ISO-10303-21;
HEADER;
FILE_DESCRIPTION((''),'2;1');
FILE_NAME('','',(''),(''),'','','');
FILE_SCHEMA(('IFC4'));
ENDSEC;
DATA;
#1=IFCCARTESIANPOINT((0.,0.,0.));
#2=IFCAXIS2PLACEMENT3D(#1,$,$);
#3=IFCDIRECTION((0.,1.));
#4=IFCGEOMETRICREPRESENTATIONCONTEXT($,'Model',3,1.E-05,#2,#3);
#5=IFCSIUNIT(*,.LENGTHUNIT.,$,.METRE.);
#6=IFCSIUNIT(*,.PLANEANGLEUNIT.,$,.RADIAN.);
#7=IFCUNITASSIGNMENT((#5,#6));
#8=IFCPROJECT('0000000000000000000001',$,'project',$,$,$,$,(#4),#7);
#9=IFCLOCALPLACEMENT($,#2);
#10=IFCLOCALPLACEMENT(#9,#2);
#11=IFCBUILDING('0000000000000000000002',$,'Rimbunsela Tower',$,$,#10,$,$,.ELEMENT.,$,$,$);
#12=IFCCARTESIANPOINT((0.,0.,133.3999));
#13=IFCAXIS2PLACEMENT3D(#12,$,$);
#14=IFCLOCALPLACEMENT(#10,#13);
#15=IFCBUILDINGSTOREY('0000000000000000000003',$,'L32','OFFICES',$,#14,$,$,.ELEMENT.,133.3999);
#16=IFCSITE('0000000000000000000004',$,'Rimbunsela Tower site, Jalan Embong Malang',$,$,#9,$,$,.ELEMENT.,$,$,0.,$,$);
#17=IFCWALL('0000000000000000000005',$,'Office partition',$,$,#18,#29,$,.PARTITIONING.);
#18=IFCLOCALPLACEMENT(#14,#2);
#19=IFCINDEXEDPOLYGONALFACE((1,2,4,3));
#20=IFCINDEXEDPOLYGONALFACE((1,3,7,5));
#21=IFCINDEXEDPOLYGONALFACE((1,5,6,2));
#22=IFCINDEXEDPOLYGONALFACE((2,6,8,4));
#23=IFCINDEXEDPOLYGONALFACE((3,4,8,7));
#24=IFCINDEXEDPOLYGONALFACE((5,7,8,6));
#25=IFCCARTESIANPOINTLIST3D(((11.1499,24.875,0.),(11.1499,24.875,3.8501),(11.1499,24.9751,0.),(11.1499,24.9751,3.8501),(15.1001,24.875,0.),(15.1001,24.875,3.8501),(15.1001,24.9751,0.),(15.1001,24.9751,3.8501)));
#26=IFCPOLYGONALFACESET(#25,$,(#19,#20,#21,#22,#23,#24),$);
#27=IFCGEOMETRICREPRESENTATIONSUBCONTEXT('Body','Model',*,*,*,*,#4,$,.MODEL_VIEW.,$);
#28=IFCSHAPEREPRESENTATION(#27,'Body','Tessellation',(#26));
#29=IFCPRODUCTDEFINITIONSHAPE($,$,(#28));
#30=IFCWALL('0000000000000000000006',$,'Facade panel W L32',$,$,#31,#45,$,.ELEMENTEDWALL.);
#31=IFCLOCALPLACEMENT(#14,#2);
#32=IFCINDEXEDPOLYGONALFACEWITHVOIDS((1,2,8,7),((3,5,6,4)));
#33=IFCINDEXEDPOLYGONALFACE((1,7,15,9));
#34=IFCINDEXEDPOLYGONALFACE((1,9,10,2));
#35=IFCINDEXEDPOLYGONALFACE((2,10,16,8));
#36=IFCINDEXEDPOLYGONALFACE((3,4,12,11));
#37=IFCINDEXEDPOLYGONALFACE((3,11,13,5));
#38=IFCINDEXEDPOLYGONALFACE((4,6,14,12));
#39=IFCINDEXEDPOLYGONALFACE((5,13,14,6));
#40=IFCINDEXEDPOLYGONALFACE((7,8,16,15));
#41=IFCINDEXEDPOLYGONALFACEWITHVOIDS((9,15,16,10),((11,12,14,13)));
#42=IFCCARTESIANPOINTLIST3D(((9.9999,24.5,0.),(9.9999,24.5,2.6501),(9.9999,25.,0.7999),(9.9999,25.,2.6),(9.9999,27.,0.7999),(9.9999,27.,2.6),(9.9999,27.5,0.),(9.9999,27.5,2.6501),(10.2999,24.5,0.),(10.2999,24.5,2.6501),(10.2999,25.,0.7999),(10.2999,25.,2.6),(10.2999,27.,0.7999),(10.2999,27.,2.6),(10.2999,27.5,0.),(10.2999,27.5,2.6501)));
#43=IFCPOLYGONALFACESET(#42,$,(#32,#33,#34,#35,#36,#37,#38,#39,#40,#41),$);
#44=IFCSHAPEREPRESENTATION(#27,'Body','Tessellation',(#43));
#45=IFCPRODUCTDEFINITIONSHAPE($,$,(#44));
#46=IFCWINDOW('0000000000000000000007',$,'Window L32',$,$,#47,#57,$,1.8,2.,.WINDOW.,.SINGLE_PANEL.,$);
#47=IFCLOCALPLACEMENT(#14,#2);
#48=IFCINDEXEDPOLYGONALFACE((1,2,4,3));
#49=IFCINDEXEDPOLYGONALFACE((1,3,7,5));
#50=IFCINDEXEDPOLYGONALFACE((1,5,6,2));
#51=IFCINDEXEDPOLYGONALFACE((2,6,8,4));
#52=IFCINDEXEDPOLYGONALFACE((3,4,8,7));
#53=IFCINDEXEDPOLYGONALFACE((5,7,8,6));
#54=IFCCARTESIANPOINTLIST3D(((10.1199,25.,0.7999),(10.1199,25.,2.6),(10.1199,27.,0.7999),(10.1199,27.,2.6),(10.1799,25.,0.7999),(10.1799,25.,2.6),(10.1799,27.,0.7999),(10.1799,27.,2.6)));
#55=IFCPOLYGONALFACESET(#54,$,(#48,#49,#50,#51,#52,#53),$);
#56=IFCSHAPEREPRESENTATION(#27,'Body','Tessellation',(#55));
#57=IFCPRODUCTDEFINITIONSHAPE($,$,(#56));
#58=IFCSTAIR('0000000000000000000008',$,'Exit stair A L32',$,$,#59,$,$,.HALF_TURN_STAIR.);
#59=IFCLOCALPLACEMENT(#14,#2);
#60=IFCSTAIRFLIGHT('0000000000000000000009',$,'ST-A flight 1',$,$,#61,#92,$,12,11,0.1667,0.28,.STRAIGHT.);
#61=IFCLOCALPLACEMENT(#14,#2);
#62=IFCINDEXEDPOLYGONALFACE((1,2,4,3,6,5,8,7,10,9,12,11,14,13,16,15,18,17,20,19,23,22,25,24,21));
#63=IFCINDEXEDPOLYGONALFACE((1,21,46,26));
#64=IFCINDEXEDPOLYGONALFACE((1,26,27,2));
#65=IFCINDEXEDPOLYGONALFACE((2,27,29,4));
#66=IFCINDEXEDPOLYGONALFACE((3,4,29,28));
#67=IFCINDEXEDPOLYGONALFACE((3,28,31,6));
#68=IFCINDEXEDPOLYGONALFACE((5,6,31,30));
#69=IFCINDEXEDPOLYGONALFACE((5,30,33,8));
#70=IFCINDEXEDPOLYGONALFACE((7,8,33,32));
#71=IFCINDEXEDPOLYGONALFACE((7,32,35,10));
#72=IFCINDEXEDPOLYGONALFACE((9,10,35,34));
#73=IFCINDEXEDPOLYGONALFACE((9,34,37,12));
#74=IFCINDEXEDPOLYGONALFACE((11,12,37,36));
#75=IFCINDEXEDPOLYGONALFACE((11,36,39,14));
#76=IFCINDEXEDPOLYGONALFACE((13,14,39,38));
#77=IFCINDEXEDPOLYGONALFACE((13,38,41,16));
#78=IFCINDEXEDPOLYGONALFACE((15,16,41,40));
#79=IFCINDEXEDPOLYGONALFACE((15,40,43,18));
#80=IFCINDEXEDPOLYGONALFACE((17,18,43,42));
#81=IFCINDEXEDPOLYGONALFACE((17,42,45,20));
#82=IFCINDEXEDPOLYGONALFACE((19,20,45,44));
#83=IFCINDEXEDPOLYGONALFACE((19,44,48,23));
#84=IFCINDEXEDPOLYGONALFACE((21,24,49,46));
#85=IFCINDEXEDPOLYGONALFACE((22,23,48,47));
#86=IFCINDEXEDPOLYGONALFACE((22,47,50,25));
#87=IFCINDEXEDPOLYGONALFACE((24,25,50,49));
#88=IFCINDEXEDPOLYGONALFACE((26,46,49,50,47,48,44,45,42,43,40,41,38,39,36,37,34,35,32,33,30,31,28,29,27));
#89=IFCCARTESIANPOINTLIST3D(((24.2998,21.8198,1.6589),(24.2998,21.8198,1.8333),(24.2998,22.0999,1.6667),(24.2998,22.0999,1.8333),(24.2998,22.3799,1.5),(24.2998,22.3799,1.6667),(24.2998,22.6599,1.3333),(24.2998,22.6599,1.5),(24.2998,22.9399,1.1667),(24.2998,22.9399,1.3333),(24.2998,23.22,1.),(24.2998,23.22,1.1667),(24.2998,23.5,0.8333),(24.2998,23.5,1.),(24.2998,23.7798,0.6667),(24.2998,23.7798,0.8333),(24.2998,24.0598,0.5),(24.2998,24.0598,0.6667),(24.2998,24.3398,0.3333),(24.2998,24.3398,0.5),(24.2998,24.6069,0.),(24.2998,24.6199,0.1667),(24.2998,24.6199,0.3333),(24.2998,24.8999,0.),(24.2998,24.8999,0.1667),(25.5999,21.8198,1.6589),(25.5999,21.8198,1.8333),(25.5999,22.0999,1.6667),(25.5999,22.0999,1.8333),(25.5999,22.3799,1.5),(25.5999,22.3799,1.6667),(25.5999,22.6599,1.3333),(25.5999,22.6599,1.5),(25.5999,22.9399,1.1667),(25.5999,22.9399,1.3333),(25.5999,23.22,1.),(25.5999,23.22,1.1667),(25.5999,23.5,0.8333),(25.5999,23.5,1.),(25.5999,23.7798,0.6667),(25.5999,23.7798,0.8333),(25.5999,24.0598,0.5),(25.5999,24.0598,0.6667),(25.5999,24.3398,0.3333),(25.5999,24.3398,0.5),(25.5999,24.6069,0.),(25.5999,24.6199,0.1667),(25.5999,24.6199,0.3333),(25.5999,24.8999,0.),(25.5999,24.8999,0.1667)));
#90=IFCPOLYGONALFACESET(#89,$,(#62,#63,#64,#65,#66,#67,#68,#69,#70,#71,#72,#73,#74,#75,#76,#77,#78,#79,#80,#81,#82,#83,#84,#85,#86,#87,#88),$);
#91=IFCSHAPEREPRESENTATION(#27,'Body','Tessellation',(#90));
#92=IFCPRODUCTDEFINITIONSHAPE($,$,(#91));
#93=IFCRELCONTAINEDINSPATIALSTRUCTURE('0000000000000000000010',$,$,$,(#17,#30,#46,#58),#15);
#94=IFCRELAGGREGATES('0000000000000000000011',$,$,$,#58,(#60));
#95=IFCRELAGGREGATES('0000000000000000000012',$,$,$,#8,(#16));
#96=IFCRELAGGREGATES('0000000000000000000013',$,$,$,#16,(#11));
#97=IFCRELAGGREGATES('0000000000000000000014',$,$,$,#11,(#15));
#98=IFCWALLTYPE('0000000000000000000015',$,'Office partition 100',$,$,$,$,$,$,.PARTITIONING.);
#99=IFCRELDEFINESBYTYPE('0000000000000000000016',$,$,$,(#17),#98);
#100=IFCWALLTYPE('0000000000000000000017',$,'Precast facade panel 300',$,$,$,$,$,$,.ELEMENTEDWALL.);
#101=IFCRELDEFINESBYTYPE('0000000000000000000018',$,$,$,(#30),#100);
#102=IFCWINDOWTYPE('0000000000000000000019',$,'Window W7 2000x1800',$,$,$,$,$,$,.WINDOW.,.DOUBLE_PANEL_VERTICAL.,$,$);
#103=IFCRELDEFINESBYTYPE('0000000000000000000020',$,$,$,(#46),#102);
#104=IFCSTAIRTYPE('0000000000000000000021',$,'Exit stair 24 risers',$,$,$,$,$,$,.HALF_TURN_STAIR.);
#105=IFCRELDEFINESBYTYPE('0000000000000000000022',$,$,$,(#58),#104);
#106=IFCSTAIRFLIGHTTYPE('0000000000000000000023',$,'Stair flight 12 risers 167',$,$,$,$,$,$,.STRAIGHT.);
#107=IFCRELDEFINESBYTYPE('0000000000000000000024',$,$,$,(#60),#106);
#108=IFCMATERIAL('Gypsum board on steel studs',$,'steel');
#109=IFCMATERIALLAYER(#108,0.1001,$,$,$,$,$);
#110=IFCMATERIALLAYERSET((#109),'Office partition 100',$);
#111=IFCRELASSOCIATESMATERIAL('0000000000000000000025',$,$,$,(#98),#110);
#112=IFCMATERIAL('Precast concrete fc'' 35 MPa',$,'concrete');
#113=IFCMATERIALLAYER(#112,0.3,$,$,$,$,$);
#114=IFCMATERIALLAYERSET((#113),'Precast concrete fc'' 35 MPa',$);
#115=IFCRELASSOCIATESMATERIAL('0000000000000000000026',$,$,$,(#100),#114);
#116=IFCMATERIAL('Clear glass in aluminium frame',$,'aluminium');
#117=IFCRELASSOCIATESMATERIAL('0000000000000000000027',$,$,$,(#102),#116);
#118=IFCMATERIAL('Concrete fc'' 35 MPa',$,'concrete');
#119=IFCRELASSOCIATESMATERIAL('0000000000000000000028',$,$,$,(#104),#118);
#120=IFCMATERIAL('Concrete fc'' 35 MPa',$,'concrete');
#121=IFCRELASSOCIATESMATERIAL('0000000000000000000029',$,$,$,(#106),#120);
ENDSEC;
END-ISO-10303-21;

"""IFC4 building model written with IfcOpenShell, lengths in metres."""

from ifc_helpers import new_model, si_unit, direction, frame, frame_2d, origin, place, context, subcontext, project, spatial, polyline, rectangle, outline, extrude, material, layer, layer_set, type_object, element, fill, aggregate, save


model = new_model("IFC4")

# Units and contexts
model_context = context("Model", 3, precision=1e-05, world=origin(), true_north=direction((0.0, 1.0)))
body_context = subcontext(model_context, "Body", "Model", "MODEL_VIEW")
ifc_project = project(units=[si_unit("LENGTHUNIT", "METRE"), si_unit("PLANEANGLEUNIT", "RADIAN")], contexts=[model_context])

# Site, building, storey
site_placement = place(None, origin())
site = spatial("IfcSite", under=ifc_project, at=site_placement, Name="Rimbunsela Tower site, Jalan Embong Malang", CompositionType="ELEMENT", RefElevation=0.0)
building_placement = place(site_placement, origin())
building = spatial("IfcBuilding", under=site, at=building_placement, Name="Rimbunsela Tower", CompositionType="ELEMENT")
storey_placement = place(building_placement, frame((0.0, 0.0, 133.3999)))
storey = spatial("IfcBuildingStorey", under=building, at=storey_placement, Name="L32", Description="OFFICES", CompositionType="ELEMENT", Elevation=133.3999)

# Wall
ifc_material_1 = material(Name="Gypsum board on steel studs", Category="steel")
ifc_layer_1 = layer(ifc_material_1, 0.1001)
ifc_layer_set_1 = layer_set([ifc_layer_1], Name="Office partition 100")
wall_type_1 = type_object("IfcWallType", Name="Office partition 100", PredefinedType="PARTITIONING", material=ifc_layer_set_1)
wall_1_placement = place(storey_placement, frame((11.1499, 24.925, 0.0), z_axis=(0.0, 0.0, 1.0), x_axis=(1.0, 0.0, 0.0)))
element("IfcWall", 1, at=wall_1_placement, inside=storey, type_object=wall_type_1, Name="Office partition", PredefinedType="PARTITIONING", context=body_context, shape_type="SweptSolid", body=[
    extrude(rectangle(XDim=3.9502, YDim=0.1001, at=frame_2d((1.9751, 0.0))), origin(), (0.0, 0.0, 1.0), 3.8501),
])

# Wall, opening, window
ifc_material_2 = material(Name="Precast concrete fc' 35 MPa", Category="concrete")
ifc_layer_2 = layer(ifc_material_2, 0.3)
ifc_layer_set_2 = layer_set([ifc_layer_2], Name="Precast concrete fc' 35 MPa")
wall_type_2 = type_object("IfcWallType", Name="Precast facade panel 300", PredefinedType="ELEMENTEDWALL", material=ifc_layer_set_2)
wall_2_placement = place(storey_placement, frame((10.1499, 27.5, 0.0), z_axis=(0.0, 0.0, 1.0), x_axis=(0.0, -1.0, 0.0)))
wall_2 = element("IfcWall", 2, at=wall_2_placement, inside=storey, type_object=wall_type_2, Name="Facade panel W L32", PredefinedType="ELEMENTEDWALL", context=body_context, shape_type="SweptSolid", body=[
    extrude(rectangle(XDim=3.0, YDim=0.3, at=frame_2d((1.5, 0.0))), origin(), (0.0, 0.0, 1.0), 2.6501),
])
opening_1_placement = place(wall_2_placement, frame((0.5, 0.0, 0.8)))
opening_1 = element("IfcOpeningElement", 3, at=opening_1_placement, cuts=wall_2, PredefinedType="OPENING", context=body_context, shape_type="SweptSolid", body=[
    extrude(rectangle(XDim=2.0, YDim=1.8, at=frame_2d((1.0, 0.8999))), frame((0.0, 0.1599, 0.0), z_axis=(0.0, -1.0, 0.0), x_axis=(1.0, 0.0, 0.0)), (0.0, 0.0, 1.0), 0.3201),
])
ifc_material_3 = material(Name="Clear glass in aluminium frame", Category="aluminium")
window_type = type_object("IfcWindowType", Name="Window W7 2000x1800", PartitioningType="DOUBLE_PANEL_VERTICAL", PredefinedType="WINDOW", material=ifc_material_3)
window_placement = place(opening_1_placement, origin())
window = element("IfcWindow", 4, at=window_placement, inside=storey, type_object=window_type, Name="Window L32", OverallHeight=1.8, OverallWidth=2.0, PartitioningType="SINGLE_PANEL", PredefinedType="WINDOW", context=body_context, shape_type="SweptSolid", body=[
    extrude(rectangle(XDim=2.0, YDim=1.8, at=frame_2d((1.0, 0.8999))), frame((0.0, 0.03, 0.0), z_axis=(0.0, -1.0, 0.0), x_axis=(1.0, 0.0, 0.0)), (0.0, 0.0, 1.0), 0.0601),
])
fill(opening_1, window)

# Stair, stair flight
ifc_material_4 = material(Name="Concrete fc' 35 MPa", Category="concrete")
stair_type = type_object("IfcStairType", Name="Exit stair 24 risers", PredefinedType="HALF_TURN_STAIR", material=ifc_material_4)
stair_placement = place(storey_placement, origin())
stair = element("IfcStair", 5, at=stair_placement, inside=storey, type_object=stair_type, Name="Exit stair A L32", PredefinedType="HALF_TURN_STAIR")
ifc_material_5 = material(Name="Concrete fc' 35 MPa", Category="concrete")
stair_flight_type = type_object("IfcStairFlightType", Name="Stair flight 12 risers 167", PredefinedType="STRAIGHT", material=ifc_material_5)
stair_flight_placement = place(storey_placement, frame((24.95, 24.8999, 0.0), z_axis=(0.0, 0.0, 1.0), x_axis=(0.0, -1.0, 0.0)))
stair_flight = element("IfcStairFlight", 6, at=stair_flight_placement, type_object=stair_flight_type, Name="ST-A flight 1", NumberOfRisers=12, NumberOfTreads=11, PredefinedType="STRAIGHT", RiserHeight=0.1667, TreadLength=0.28, context=body_context, shape_type="SweptSolid", body=[
    extrude(outline(polyline([(0.0, 0.0), (0.0, 0.1667), (0.28, 0.1667), (0.28, 0.3333), (0.5601, 0.3333), (0.5601, 0.5), (0.8401, 0.5), (0.8401, 0.6667), (1.1201, 0.6667), (1.1201, 0.8333), (1.3999, 0.8333), (1.3999, 1.0), (1.6799, 1.0), (1.6799, 1.1667), (1.96, 1.1667), (1.96, 1.3333), (2.24, 1.3333), (2.24, 1.5), (2.52, 1.5), (2.52, 1.6667), (2.8, 1.6667), (2.8, 1.8333), (3.0801, 1.8333), (3.0801, 2.0), (3.0801, 1.6589), (0.293, 0.0), (0.0, 0.0)])), frame((0.0, 0.6499, 0.0), z_axis=(0.0, -1.0, 0.0), x_axis=(1.0, 0.0, 0.0)), (0.0, 0.0, 1.0), 1.3),
])
aggregate(stair, [stair_flight])

save(model, "model.ifc")
